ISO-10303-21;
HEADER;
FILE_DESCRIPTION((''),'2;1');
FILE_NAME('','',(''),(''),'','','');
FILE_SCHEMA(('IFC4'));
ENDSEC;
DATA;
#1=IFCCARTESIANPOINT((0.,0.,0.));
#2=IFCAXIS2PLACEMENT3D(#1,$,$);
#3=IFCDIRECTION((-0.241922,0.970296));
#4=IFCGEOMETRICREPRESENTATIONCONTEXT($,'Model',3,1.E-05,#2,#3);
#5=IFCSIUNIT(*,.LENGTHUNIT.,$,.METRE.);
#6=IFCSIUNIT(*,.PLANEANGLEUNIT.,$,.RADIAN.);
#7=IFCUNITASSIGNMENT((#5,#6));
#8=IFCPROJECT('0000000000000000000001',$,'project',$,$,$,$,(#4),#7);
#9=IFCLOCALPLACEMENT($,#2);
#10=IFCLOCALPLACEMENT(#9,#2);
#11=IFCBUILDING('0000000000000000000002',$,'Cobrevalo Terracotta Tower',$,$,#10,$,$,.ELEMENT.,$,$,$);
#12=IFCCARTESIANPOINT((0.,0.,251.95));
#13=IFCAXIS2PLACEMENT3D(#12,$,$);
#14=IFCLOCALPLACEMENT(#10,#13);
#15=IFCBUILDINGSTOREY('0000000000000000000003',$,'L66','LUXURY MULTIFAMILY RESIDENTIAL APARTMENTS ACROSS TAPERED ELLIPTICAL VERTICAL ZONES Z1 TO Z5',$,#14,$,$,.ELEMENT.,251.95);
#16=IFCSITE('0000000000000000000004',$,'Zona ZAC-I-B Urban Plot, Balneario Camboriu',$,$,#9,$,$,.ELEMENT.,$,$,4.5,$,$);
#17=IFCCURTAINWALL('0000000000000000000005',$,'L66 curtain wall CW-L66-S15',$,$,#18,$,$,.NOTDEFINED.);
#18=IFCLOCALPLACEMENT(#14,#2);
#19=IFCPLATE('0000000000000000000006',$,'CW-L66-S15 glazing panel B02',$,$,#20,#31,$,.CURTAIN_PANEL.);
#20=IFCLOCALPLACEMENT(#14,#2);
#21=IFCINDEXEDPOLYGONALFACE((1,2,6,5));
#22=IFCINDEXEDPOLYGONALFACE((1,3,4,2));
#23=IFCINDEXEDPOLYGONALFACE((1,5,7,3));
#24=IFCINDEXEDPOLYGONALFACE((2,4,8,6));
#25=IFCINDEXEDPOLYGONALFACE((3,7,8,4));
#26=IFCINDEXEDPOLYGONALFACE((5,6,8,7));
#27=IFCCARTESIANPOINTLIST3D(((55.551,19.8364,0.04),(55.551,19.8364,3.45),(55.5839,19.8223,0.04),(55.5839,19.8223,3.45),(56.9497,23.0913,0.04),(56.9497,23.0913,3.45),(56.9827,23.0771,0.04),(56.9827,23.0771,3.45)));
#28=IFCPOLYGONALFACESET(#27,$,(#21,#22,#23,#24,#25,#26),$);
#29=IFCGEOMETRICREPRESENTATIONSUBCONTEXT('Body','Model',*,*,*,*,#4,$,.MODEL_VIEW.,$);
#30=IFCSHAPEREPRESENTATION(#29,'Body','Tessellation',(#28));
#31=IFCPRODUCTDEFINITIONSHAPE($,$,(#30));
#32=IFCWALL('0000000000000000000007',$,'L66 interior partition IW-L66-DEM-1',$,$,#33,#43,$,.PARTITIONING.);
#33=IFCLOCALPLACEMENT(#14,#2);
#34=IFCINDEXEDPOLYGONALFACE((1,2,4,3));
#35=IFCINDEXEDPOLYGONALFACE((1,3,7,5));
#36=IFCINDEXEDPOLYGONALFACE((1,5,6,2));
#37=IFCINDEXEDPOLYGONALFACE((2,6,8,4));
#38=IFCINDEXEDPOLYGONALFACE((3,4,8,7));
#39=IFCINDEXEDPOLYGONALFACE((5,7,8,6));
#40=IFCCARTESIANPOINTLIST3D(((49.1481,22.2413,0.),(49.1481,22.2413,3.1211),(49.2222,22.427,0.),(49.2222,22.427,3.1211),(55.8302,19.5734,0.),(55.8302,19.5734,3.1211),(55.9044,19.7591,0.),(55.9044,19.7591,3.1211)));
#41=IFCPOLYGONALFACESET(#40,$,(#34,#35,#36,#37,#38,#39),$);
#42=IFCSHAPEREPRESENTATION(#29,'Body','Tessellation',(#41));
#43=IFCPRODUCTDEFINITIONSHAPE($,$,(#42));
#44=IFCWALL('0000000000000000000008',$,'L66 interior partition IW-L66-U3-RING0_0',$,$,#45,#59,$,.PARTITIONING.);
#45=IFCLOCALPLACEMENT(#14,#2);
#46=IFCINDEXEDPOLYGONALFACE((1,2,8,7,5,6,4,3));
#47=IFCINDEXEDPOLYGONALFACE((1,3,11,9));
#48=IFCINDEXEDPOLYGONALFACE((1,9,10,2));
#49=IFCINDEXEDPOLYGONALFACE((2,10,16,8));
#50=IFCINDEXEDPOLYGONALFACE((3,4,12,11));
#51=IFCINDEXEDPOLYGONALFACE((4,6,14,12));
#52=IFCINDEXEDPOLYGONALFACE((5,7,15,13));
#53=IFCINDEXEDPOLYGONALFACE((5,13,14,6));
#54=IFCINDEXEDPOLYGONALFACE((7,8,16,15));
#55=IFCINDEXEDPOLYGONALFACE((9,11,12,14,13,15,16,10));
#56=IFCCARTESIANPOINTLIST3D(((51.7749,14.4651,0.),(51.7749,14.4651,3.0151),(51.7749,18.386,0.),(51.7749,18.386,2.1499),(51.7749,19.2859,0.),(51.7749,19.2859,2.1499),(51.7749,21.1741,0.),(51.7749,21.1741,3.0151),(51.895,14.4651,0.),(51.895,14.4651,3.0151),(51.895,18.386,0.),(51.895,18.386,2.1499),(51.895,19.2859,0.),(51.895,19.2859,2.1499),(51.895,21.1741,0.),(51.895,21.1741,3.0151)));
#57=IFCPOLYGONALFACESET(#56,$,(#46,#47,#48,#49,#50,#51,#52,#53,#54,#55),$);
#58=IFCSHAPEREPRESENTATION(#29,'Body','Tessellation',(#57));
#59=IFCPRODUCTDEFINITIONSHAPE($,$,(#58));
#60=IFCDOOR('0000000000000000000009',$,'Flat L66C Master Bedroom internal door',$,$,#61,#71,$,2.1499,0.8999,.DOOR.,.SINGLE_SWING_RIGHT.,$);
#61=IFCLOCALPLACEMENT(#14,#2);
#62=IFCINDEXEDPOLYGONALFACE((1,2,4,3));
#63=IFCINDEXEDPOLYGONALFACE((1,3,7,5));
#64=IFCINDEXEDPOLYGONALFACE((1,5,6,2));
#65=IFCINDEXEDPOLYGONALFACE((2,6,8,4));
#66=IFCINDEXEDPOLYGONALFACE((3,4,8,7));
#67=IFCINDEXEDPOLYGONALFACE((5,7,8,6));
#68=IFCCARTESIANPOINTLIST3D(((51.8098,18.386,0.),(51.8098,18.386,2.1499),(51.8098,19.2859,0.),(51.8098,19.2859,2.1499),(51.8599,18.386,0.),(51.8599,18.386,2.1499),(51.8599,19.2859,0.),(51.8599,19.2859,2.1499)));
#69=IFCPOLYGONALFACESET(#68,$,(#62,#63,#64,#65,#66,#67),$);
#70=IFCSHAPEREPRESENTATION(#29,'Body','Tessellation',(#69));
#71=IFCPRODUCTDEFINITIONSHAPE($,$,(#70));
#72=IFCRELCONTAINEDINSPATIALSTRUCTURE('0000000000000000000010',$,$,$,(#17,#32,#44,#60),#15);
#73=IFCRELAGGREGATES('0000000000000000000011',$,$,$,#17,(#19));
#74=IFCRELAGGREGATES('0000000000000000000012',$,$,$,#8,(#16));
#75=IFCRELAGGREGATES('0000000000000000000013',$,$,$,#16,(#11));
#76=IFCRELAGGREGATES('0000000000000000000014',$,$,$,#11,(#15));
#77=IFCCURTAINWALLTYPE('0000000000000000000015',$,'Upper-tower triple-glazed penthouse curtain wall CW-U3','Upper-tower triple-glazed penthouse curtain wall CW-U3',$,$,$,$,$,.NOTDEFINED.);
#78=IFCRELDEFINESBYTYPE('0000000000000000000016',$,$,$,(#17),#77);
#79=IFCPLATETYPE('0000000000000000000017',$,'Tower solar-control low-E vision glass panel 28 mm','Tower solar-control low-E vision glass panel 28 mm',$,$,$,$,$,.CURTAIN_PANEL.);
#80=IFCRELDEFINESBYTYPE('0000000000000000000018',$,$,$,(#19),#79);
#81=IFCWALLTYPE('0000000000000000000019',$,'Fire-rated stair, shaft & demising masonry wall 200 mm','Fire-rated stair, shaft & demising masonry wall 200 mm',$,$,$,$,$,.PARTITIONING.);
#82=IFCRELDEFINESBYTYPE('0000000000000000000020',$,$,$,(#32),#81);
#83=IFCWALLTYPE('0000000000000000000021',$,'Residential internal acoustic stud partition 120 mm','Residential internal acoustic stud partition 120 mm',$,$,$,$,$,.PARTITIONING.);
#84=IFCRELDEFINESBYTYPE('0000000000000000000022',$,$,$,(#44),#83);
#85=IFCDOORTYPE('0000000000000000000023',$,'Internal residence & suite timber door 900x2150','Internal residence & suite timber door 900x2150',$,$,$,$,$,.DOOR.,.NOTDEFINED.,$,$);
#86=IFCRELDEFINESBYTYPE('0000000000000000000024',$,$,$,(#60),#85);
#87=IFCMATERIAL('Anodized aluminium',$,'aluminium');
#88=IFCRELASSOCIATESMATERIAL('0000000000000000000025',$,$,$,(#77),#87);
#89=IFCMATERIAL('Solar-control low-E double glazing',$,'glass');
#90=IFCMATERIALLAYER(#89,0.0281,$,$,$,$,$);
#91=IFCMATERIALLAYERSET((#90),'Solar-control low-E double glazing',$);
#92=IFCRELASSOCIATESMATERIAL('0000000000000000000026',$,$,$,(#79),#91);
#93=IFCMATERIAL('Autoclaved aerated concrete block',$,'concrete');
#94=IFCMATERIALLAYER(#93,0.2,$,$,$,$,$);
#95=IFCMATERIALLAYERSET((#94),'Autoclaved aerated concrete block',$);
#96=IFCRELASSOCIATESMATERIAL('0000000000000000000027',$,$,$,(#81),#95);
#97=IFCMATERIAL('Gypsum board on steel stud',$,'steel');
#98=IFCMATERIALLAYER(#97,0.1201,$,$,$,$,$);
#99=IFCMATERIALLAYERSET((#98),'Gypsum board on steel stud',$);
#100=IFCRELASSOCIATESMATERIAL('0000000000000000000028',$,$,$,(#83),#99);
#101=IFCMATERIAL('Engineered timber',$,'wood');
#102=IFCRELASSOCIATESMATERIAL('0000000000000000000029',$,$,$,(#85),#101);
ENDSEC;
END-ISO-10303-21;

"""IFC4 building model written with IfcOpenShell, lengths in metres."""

from ifc_helpers import new_model, si_unit, direction, frame, frame_2d, origin, origin_2d, place, context, subcontext, project, spatial, rectangle, extrude, source, transform, mapped, material, layer, layer_set, type_object, element, fill, aggregate, save


model = new_model("IFC4")

# Units and contexts
model_context = context("Model", 3, precision=1e-05, world=origin(), true_north=direction((-0.241922, 0.970296)))
body_context = subcontext(model_context, "Body", "Model", "MODEL_VIEW")
ifc_project = project(units=[si_unit("LENGTHUNIT", "METRE"), si_unit("PLANEANGLEUNIT", "RADIAN")], contexts=[model_context])

# Site, building, storey
site_placement = place(None, origin())
site = spatial("IfcSite", under=ifc_project, at=site_placement, Name="Zona ZAC-I-B Urban Plot, Balneario Camboriu", CompositionType="ELEMENT", RefElevation=4.5)
building_placement = place(site_placement, origin())
building = spatial("IfcBuilding", under=site, at=building_placement, Name="Cobrevalo Terracotta Tower", CompositionType="ELEMENT")
storey_placement = place(building_placement, frame((0.0, 0.0, 251.95)))
storey = spatial("IfcBuildingStorey", under=building, at=storey_placement, Name="L66", Description="LUXURY MULTIFAMILY RESIDENTIAL APARTMENTS ACROSS TAPERED ELLIPTICAL VERTICAL ZONES Z1 TO Z5", CompositionType="ELEMENT", Elevation=251.95)

# Curtain wall
ifc_material_1 = material(Name="Anodized aluminium", Category="aluminium")
curtain_wall_type = type_object("IfcCurtainWallType", Name="Upper-tower triple-glazed penthouse curtain wall CW-U3", Description="Upper-tower triple-glazed penthouse curtain wall CW-U3", PredefinedType="NOTDEFINED", material=ifc_material_1)
curtain_wall_1_placement = place(storey_placement, origin())
curtain_wall_1 = element("IfcCurtainWall", 1, at=curtain_wall_1_placement, inside=storey, type_object=curtain_wall_type, Name="L66 curtain wall CW-L66-S15", PredefinedType="NOTDEFINED")

# Plate
ifc_material_2 = material(Name="Solar-control low-E double glazing", Category="glass")
ifc_layer_1 = layer(ifc_material_2, 0.0281)
ifc_layer_set_1 = layer_set([ifc_layer_1], Name="Solar-control low-E double glazing")
plate_type = type_object("IfcPlateType", Name="Tower solar-control low-E vision glass panel 28 mm", Description="Tower solar-control low-E vision glass panel 28 mm", PredefinedType="CURTAIN_PANEL", material=ifc_layer_set_1)
shared_shape_1 = source(origin(), body_context, "Body", "SweptSolid", [
    extrude(rectangle(XDim=3.5427, YDim=0.0359, at=origin_2d()), origin(), (0.0, 0.0, 1.0), 3.4099),
])
plate_1_placement = place(storey_placement, frame((56.2668, 21.4568, 0.04), z_axis=(0.0, 0.0, 1.0), x_axis=(0.394829, 0.918755, 0.0)))
plate_1 = element("IfcPlate", 2, at=plate_1_placement, type_object=plate_type, Name="CW-L66-S15 glazing panel B02", PredefinedType="CURTAIN_PANEL", context=body_context, shape_type="MappedRepresentation", body=[
    mapped(shared_shape_1, transform((0.0, 0.0, 0.0), scale=1.0)),
])
aggregate(curtain_wall_1, [plate_1])

# Wall
ifc_material_3 = material(Name="Autoclaved aerated concrete block", Category="concrete")
ifc_layer_2 = layer(ifc_material_3, 0.2)
ifc_layer_set_2 = layer_set([ifc_layer_2], Name="Autoclaved aerated concrete block")
wall_type_1 = type_object("IfcWallType", Name="Fire-rated stair, shaft & demising masonry wall 200 mm", Description="Fire-rated stair, shaft & demising masonry wall 200 mm", PredefinedType="PARTITIONING", material=ifc_layer_set_2)
wall_1_placement = place(storey_placement, frame((49.1851, 22.3342, 0.0), z_axis=(0.0, 0.0, 1.0), x_axis=(0.928711, -0.370806, 0.0)))
element("IfcWall", 3, at=wall_1_placement, inside=storey, type_object=wall_type_1, Name="L66 interior partition IW-L66-DEM-1", PredefinedType="PARTITIONING", context=body_context, shape_type="SweptSolid", body=[
    extrude(rectangle(XDim=7.1951, YDim=0.2, at=frame_2d((3.5977, 0.0))), origin(), (0.0, 0.0, 1.0), 3.1211),
])

# Wall, opening, door
ifc_material_4 = material(Name="Gypsum board on steel stud", Category="steel")
ifc_layer_3 = layer(ifc_material_4, 0.1201)
ifc_layer_set_3 = layer_set([ifc_layer_3], Name="Gypsum board on steel stud")
wall_type_2 = type_object("IfcWallType", Name="Residential internal acoustic stud partition 120 mm", Description="Residential internal acoustic stud partition 120 mm", PredefinedType="PARTITIONING", material=ifc_layer_set_3)
wall_2_placement = place(storey_placement, frame((51.835, 21.1741, 0.0), z_axis=(0.0, 0.0, 1.0), x_axis=(0.0, -1.0, 0.0)))
wall_2 = element("IfcWall", 4, at=wall_2_placement, inside=storey, type_object=wall_type_2, Name="L66 interior partition IW-L66-U3-RING0_0", PredefinedType="PARTITIONING", context=body_context, shape_type="SweptSolid", body=[
    extrude(rectangle(XDim=6.709, YDim=0.1201, at=frame_2d((3.3545, 0.0))), origin(), (0.0, 0.0, 1.0), 3.0151),
])
opening_placement = place(wall_2_placement, frame((1.8882, 0.0, 0.0)))
opening = element("IfcOpeningElement", 5, at=opening_placement, cuts=wall_2, PredefinedType="OPENING", context=body_context, shape_type="SweptSolid", body=[
    extrude(rectangle(XDim=0.8999, YDim=2.1499, at=frame_2d((0.45, 1.075))), frame((0.0, 0.0701, 0.0), z_axis=(0.0, -1.0, 0.0), x_axis=(1.0, 0.0, 0.0)), (0.0, 0.0, 1.0), 0.1401),
])
ifc_material_5 = material(Name="Engineered timber", Category="wood")
door_type = type_object("IfcDoorType", Name="Internal residence & suite timber door 900x2150", Description="Internal residence & suite timber door 900x2150", OperationType="NOTDEFINED", PredefinedType="DOOR", material=ifc_material_5)
shared_shape_2 = source(origin(), body_context, "Body", "SweptSolid", [
    extrude(rectangle(XDim=0.8999, YDim=2.1499, at=frame_2d((0.45, 1.075))), frame((0.0, 0.0249, 0.0), z_axis=(0.0, -1.0, 0.0), x_axis=(1.0, 0.0, 0.0)), (0.0, 0.0, 1.0), 0.05),
])
door_placement = place(opening_placement, origin())
door = element("IfcDoor", 6, at=door_placement, inside=storey, type_object=door_type, Name="Flat L66C Master Bedroom internal door", OperationType="SINGLE_SWING_RIGHT", OverallHeight=2.1499, OverallWidth=0.8999, PredefinedType="DOOR", context=body_context, shape_type="MappedRepresentation", body=[
    mapped(shared_shape_2, transform((0.0, 0.0, 0.0), scale=1.0)),
])
fill(opening, door)

save(model, "model.ifc")
